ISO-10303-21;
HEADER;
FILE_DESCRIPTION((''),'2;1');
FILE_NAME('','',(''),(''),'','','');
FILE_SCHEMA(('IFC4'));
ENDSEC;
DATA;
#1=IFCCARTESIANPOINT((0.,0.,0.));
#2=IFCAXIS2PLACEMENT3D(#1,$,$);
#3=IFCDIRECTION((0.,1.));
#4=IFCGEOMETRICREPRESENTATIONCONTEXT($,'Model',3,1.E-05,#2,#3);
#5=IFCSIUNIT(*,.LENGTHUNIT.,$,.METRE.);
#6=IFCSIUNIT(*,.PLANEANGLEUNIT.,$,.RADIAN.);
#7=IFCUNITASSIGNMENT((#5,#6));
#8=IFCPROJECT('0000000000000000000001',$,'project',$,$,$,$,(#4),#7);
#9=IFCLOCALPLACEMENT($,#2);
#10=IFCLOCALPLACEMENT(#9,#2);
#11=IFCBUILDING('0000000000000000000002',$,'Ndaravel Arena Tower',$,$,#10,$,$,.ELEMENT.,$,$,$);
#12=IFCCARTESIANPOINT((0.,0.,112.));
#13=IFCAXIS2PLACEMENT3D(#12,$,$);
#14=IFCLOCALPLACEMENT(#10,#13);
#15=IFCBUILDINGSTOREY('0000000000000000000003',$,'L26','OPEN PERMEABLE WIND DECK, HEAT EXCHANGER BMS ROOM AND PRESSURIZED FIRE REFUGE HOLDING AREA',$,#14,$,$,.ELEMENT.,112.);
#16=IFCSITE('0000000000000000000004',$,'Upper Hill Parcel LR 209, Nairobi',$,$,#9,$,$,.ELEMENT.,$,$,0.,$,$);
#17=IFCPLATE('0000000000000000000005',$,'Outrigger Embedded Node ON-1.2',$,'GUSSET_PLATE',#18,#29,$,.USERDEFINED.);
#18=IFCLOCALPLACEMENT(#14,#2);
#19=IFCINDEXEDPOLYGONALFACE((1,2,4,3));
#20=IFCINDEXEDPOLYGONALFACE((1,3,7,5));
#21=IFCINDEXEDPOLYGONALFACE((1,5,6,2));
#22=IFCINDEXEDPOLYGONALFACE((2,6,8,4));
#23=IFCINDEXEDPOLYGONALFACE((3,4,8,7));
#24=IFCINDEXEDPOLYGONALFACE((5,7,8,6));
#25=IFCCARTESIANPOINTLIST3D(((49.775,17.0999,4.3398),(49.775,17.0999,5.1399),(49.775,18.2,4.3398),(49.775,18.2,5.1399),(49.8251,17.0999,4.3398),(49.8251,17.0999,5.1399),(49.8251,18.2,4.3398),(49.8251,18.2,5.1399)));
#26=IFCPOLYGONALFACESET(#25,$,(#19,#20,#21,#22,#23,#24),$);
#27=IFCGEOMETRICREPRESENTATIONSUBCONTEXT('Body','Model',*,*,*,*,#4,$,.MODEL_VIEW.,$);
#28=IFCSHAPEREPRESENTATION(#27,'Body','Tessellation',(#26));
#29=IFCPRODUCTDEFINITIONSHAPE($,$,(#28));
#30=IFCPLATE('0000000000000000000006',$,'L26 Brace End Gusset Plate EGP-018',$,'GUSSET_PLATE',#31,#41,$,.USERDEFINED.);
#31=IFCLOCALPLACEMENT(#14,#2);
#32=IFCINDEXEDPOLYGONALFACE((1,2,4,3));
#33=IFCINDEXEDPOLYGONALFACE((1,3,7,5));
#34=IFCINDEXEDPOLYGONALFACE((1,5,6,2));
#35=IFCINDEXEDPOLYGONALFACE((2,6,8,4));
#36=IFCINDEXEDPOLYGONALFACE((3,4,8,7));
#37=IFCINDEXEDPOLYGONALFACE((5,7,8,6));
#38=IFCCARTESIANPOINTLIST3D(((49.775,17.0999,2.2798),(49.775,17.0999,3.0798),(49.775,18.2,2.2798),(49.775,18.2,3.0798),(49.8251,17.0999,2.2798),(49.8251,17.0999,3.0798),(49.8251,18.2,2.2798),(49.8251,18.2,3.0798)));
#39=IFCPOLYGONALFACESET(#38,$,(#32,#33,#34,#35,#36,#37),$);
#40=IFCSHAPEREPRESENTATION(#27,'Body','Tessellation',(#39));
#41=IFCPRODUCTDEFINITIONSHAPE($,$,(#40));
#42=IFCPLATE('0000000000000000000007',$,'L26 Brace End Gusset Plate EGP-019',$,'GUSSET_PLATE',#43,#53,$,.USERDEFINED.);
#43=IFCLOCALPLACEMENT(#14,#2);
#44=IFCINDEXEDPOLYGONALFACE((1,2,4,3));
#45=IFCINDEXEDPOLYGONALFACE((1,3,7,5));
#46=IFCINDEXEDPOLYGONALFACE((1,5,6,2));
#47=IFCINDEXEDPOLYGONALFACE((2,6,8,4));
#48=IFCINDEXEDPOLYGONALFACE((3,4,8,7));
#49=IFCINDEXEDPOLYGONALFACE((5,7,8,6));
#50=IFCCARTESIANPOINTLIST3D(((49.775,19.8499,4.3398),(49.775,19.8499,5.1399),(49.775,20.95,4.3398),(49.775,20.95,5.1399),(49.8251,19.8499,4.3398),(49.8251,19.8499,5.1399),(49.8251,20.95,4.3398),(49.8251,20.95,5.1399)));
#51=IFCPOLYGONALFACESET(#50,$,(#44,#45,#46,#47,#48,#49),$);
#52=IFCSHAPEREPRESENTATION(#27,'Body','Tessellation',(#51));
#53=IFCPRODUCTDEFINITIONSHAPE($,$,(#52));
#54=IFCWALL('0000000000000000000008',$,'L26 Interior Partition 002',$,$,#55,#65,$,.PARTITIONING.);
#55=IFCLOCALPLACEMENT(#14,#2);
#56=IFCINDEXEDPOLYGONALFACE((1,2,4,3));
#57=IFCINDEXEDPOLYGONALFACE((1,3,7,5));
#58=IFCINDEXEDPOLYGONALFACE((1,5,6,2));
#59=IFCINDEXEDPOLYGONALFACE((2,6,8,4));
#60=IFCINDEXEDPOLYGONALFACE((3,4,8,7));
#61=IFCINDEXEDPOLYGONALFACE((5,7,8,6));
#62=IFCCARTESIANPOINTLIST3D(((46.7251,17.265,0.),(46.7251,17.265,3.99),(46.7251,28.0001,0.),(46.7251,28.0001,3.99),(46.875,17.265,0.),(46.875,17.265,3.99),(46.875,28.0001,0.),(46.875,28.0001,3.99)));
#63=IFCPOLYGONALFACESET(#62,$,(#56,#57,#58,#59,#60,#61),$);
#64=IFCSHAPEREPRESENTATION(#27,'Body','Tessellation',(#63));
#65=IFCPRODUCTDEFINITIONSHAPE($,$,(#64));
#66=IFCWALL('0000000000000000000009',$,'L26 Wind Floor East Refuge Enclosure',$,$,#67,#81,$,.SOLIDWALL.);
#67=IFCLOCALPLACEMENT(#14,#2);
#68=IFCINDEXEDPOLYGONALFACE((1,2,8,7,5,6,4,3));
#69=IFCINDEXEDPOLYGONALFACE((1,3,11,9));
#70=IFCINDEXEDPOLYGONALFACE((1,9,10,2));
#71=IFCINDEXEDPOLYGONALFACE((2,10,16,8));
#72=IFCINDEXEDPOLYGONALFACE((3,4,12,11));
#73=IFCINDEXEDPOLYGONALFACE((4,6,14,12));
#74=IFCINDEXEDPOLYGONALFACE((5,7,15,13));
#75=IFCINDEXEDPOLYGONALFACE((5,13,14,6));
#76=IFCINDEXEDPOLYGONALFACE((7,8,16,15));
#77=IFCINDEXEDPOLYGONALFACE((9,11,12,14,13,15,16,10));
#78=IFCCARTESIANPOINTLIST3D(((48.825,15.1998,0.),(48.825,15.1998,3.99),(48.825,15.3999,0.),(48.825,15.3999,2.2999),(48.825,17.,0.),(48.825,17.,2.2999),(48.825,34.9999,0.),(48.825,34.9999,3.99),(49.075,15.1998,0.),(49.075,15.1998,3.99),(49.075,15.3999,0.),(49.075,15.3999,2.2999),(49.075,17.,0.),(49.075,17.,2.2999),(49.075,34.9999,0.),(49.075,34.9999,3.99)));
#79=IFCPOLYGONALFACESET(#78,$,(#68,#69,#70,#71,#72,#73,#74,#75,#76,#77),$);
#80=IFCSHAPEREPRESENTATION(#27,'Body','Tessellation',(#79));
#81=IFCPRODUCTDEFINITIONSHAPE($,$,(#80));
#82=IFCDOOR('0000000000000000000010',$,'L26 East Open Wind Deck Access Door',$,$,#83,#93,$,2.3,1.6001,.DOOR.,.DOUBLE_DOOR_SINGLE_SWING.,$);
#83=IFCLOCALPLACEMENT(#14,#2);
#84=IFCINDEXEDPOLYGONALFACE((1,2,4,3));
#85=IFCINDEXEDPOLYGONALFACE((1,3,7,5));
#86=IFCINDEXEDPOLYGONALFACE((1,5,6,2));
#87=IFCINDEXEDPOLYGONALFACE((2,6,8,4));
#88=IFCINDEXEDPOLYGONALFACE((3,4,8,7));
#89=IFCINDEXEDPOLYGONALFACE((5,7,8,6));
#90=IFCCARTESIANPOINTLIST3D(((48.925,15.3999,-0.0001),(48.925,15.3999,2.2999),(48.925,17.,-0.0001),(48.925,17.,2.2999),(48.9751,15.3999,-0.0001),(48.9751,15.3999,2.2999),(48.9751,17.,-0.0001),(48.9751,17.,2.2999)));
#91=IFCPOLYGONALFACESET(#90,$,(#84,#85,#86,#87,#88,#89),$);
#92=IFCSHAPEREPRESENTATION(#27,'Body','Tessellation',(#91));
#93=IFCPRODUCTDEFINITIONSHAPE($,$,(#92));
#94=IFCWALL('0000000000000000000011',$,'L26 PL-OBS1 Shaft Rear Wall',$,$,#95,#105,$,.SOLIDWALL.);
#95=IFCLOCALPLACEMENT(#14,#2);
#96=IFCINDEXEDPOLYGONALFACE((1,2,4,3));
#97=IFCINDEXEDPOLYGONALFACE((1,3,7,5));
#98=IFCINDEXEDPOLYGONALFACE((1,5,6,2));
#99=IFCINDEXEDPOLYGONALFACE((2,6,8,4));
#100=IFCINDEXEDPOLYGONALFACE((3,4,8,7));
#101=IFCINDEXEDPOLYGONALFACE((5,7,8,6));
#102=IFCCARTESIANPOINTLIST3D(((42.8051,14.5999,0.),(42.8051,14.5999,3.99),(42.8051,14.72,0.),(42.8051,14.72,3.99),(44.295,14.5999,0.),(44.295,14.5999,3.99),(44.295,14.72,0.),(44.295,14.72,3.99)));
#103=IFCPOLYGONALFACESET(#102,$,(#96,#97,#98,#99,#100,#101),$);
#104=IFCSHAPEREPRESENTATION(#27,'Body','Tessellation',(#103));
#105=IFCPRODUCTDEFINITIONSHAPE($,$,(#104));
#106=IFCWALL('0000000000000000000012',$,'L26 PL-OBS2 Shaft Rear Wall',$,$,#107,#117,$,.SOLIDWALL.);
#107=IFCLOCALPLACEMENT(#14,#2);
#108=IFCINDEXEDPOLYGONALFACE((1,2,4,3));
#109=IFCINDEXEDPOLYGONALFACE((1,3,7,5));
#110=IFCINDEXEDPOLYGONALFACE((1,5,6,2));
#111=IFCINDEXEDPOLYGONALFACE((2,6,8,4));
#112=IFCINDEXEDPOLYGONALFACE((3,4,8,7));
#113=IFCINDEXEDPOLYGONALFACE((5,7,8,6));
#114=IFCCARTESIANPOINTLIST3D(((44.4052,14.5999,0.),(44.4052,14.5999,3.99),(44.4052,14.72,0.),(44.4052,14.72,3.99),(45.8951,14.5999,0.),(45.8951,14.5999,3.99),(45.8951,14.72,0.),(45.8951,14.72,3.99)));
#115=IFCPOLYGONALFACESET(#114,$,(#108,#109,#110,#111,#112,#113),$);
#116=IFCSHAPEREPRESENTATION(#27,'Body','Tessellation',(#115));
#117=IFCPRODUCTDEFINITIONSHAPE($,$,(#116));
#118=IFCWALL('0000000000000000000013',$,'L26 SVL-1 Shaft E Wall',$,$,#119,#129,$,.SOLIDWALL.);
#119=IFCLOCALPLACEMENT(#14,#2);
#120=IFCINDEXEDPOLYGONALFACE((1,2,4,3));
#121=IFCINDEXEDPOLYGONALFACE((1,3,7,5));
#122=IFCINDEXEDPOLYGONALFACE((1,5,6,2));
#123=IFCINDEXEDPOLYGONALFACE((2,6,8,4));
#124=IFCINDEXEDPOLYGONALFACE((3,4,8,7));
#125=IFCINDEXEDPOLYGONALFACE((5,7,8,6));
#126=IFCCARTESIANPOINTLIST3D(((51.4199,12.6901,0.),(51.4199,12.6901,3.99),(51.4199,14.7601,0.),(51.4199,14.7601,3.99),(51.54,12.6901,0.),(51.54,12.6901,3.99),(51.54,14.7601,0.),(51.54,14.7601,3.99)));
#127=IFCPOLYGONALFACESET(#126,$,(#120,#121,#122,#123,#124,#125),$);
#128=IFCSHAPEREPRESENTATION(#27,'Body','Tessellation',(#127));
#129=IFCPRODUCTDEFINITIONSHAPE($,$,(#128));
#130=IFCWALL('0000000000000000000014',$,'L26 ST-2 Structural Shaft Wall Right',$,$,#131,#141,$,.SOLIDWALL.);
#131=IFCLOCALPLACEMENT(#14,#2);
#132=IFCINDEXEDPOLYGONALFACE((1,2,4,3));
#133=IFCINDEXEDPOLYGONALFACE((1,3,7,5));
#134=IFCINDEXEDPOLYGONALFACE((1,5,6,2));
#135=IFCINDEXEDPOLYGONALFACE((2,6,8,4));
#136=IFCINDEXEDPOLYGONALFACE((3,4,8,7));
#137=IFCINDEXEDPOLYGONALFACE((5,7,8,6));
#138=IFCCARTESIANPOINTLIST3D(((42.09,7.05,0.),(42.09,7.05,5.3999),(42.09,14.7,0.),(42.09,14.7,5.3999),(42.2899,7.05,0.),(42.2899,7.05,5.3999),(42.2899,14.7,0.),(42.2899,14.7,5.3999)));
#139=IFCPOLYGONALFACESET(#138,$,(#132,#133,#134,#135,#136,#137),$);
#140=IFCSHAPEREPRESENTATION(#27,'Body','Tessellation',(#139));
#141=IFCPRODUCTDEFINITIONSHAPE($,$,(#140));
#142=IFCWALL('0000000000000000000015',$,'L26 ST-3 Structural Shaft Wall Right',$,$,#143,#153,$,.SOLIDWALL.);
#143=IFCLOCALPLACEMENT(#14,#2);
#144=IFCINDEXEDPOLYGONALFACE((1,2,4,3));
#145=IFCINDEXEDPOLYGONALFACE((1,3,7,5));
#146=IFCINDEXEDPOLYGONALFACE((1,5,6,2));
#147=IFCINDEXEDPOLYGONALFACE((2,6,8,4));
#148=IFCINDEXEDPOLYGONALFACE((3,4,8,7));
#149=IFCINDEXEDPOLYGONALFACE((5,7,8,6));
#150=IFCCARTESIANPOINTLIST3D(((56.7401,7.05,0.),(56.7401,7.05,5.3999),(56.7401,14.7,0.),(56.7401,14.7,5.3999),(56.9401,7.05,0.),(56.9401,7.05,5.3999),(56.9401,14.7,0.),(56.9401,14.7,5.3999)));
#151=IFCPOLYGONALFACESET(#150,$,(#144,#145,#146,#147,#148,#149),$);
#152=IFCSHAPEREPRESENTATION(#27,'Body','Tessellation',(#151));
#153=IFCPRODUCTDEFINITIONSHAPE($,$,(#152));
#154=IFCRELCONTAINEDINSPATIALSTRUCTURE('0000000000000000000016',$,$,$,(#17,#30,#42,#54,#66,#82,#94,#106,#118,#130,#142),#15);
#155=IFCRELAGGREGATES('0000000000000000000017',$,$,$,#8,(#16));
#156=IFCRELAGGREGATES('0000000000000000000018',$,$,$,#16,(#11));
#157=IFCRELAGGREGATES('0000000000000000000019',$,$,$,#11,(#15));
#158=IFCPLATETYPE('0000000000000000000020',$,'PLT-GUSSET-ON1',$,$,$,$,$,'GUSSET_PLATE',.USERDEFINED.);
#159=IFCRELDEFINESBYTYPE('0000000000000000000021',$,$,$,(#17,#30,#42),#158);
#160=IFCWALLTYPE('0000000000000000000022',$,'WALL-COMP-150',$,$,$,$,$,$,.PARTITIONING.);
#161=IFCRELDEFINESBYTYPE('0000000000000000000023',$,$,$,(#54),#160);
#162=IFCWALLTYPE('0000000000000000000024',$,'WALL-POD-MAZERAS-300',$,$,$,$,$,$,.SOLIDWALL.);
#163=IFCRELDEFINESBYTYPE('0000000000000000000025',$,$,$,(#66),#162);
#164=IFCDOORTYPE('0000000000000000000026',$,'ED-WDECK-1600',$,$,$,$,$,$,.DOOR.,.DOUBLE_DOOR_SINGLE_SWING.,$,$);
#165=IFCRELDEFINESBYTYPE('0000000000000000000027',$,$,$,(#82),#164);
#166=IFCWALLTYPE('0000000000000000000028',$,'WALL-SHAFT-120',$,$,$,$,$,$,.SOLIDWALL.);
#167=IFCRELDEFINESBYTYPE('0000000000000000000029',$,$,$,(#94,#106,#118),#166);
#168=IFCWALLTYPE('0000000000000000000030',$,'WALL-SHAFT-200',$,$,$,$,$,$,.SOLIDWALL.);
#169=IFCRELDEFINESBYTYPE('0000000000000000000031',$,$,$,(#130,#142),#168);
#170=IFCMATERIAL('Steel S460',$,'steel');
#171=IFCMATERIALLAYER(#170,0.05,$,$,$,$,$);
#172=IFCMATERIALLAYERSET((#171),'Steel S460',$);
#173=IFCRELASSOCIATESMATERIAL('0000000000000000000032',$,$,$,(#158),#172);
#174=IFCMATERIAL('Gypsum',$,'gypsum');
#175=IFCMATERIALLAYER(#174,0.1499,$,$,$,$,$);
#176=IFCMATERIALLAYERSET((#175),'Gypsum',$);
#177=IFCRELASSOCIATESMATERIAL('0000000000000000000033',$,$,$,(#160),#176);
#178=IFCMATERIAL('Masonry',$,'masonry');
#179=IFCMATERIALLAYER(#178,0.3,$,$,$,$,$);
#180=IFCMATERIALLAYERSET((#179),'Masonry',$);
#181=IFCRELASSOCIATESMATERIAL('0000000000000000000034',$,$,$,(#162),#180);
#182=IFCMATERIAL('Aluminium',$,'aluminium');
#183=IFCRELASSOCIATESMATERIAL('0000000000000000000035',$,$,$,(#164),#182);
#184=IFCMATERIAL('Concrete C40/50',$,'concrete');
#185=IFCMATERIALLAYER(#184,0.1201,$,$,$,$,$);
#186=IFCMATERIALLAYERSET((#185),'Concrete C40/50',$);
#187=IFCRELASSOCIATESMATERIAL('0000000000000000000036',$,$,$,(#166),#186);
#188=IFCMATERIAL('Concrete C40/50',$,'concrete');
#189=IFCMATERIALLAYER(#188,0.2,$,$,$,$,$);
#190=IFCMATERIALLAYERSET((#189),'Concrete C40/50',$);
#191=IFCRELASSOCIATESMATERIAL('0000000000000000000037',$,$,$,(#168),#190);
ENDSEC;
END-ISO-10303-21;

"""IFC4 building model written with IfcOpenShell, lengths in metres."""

from ifc_helpers import new_model, si_unit, direction, frame, frame_2d, origin, origin_2d, place, context, subcontext, project, spatial, rectangle, extrude, material, layer, layer_set, type_object, element, fill, save


model = new_model("IFC4")

# Units and contexts
model_context = context("Model", 3, precision=1e-05, world=origin(), true_north=direction((0.0, 1.0)))
body_context = subcontext(model_context, "Body", "Model", "MODEL_VIEW")
ifc_project = project(units=[si_unit("LENGTHUNIT", "METRE"), si_unit("PLANEANGLEUNIT", "RADIAN")], contexts=[model_context])

# Site, building, storey
site_placement = place(None, origin())
site = spatial("IfcSite", under=ifc_project, at=site_placement, Name="Upper Hill Parcel LR 209, Nairobi", CompositionType="ELEMENT", RefElevation=0.0)
building_placement = place(site_placement, origin())
building = spatial("IfcBuilding", under=site, at=building_placement, Name="Ndaravel Arena Tower", CompositionType="ELEMENT")
storey_placement = place(building_placement, frame((0.0, 0.0, 112.0)))
storey = spatial("IfcBuildingStorey", under=building, at=storey_placement, Name="L26", Description="OPEN PERMEABLE WIND DECK, HEAT EXCHANGER BMS ROOM AND PRESSURIZED FIRE REFUGE HOLDING AREA", CompositionType="ELEMENT", Elevation=112.0)

# Plates
ifc_material_1 = material(Name="Steel S460", Category="steel")
ifc_layer_1 = layer(ifc_material_1, 0.05)
ifc_layer_set_1 = layer_set([ifc_layer_1], Name="Steel S460")
plate_type_1 = type_object("IfcPlateType", Name="PLT-GUSSET-ON1", ElementType="GUSSET_PLATE", PredefinedType="USERDEFINED", material=ifc_layer_set_1)
for number, where, z_axis, x_axis, name in (
    (1, (49.8, 17.6499, 4.3398), (0.0, 0.0, 1.0), (1.0, 0.0, 0.0), "Outrigger Embedded Node ON-1.2"),
    (2, (49.8, 17.6499, 2.2798), (0.0, 0.0, 1.0), (1.0, 0.0, 0.0), "L26 Brace End Gusset Plate EGP-018"),
    (3, (49.8, 20.3999, 4.3398), (0.0, 0.0, 1.0), (1.0, 0.0, 0.0), "L26 Brace End Gusset Plate EGP-019"),
):
    element("IfcPlate", number, at=place(storey_placement, frame(where, z_axis=z_axis, x_axis=x_axis)), inside=storey, type_object=plate_type_1, Name=name, ObjectType="GUSSET_PLATE", PredefinedType="USERDEFINED", context=body_context, shape_type="SweptSolid", body=[
        extrude(rectangle(XDim=0.05, YDim=1.1001, at=origin_2d()), origin(), (0.0, 0.0, 1.0), 0.8),
    ])

# Wall
ifc_material_2 = material(Name="Gypsum", Category="gypsum")
ifc_layer_2 = layer(ifc_material_2, 0.1499)
ifc_layer_set_2 = layer_set([ifc_layer_2], Name="Gypsum")
wall_type_1 = type_object("IfcWallType", Name="WALL-COMP-150", PredefinedType="PARTITIONING", material=ifc_layer_set_2)
wall_1_placement = place(storey_placement, frame((46.8, 17.2649, 0.0), z_axis=(0.0, 0.0, 1.0), x_axis=(0.0, 1.0, 0.0)))
element("IfcWall", 4, at=wall_1_placement, inside=storey, type_object=wall_type_1, Name="L26 Interior Partition 002", PredefinedType="PARTITIONING", context=body_context, shape_type="SweptSolid", body=[
    extrude(rectangle(XDim=10.7351, YDim=0.1499, at=frame_2d((5.3677, 0.0))), origin(), (0.0, 0.0, 1.0), 3.99),
])

# Wall, opening, door
ifc_material_3 = material(Name="Masonry", Category="masonry")
ifc_layer_3 = layer(ifc_material_3, 0.3)
ifc_layer_set_3 = layer_set([ifc_layer_3], Name="Masonry")
wall_type_2 = type_object("IfcWallType", Name="WALL-POD-MAZERAS-300", PredefinedType="SOLIDWALL", material=ifc_layer_set_3)
wall_2_placement = place(storey_placement, frame((48.95, 15.2, 0.0), z_axis=(0.0, 0.0, 1.0), x_axis=(0.0, 1.0, 0.0)))
wall_2 = element("IfcWall", 5, at=wall_2_placement, inside=storey, type_object=wall_type_2, Name="L26 Wind Floor East Refuge Enclosure", PredefinedType="SOLIDWALL", context=body_context, shape_type="SweptSolid", body=[
    extrude(rectangle(XDim=19.8, YDim=0.25, at=frame_2d((9.8999, 0.0))), origin(), (0.0, 0.0, 1.0), 3.99),
])
opening_placement = place(wall_2_placement, frame((0.2, 0.0, 0.0)))
opening = element("IfcOpeningElement", 6, at=opening_placement, cuts=wall_2, PredefinedType="OPENING", context=body_context, shape_type="SweptSolid", body=[
    extrude(rectangle(XDim=1.6001, YDim=2.3, at=frame_2d((0.8, 1.1499))), frame((0.0, 0.125, 0.0), z_axis=(0.0, -1.0, 0.0), x_axis=(1.0, 0.0, 0.0)), (0.0, 0.0, 1.0), 0.25),
])
ifc_material_4 = material(Name="Aluminium", Category="aluminium")
door_type = type_object("IfcDoorType", Name="ED-WDECK-1600", OperationType="DOUBLE_DOOR_SINGLE_SWING", PredefinedType="DOOR", material=ifc_material_4)
door_placement = place(opening_placement, origin())
door = element("IfcDoor", 7, at=door_placement, inside=storey, type_object=door_type, Name="L26 East Open Wind Deck Access Door", OperationType="DOUBLE_DOOR_SINGLE_SWING", OverallHeight=2.3, OverallWidth=1.6001, PredefinedType="DOOR", context=body_context, shape_type="SweptSolid", body=[
    extrude(rectangle(XDim=1.6001, YDim=2.3, at=frame_2d((0.8, 1.1499))), frame((0.0, 0.0249, 0.0), z_axis=(0.0, -1.0, 0.0), x_axis=(1.0, 0.0, 0.0)), (0.0, 0.0, 1.0), 0.05),
])
fill(opening, door)

# Walls
ifc_material_5 = material(Name="Concrete C40/50", Category="concrete")
ifc_layer_4 = layer(ifc_material_5, 0.1201)
ifc_layer_set_4 = layer_set([ifc_layer_4], Name="Concrete C40/50")
wall_type_3 = type_object("IfcWallType", Name="WALL-SHAFT-120", PredefinedType="SOLIDWALL", material=ifc_layer_set_4)
for number, where, z_axis, x_axis, name in (
    (8, (42.8049, 14.6599, 0.0), (0.0, 0.0, 1.0), (1.0, 0.0, 0.0), "L26 PL-OBS1 Shaft Rear Wall"),
    (9, (44.405, 14.6599, 0.0), (0.0, 0.0, 1.0), (1.0, 0.0, 0.0), "L26 PL-OBS2 Shaft Rear Wall"),
):
    element("IfcWall", number, at=place(storey_placement, frame(where, z_axis=z_axis, x_axis=x_axis)), inside=storey, type_object=wall_type_3, Name=name, PredefinedType="SOLIDWALL", context=body_context, shape_type="SweptSolid", body=[
        extrude(rectangle(XDim=1.49, YDim=0.1201, at=frame_2d((0.7451, 0.0))), origin(), (0.0, 0.0, 1.0), 3.99),
    ])
wall_3_placement = place(storey_placement, frame((51.48, 12.6899, 0.0), z_axis=(0.0, 0.0, 1.0), x_axis=(0.0, 1.0, 0.0)))
element("IfcWall", 10, at=wall_3_placement, inside=storey, type_object=wall_type_3, Name="L26 SVL-1 Shaft E Wall", PredefinedType="SOLIDWALL", context=body_context, shape_type="SweptSolid", body=[
    extrude(rectangle(XDim=2.0701, YDim=0.1201, at=frame_2d((1.0352, 0.0))), origin(), (0.0, 0.0, 1.0), 3.99),
])
ifc_material_6 = material(Name="Concrete C40/50", Category="concrete")
ifc_layer_5 = layer(ifc_material_6, 0.2)
ifc_layer_set_5 = layer_set([ifc_layer_5], Name="Concrete C40/50")
wall_type_4 = type_object("IfcWallType", Name="WALL-SHAFT-200", PredefinedType="SOLIDWALL", material=ifc_layer_set_5)
for number, where, z_axis, x_axis, name in (
    (11, (42.1899, 14.7, 0.0), (0.0, 0.0, 1.0), (0.0, -1.0, 0.0), "L26 ST-2 Structural Shaft Wall Right"),
    (12, (56.8401, 14.7, 0.0), (0.0, 0.0, 1.0), (0.0, -1.0, 0.0), "L26 ST-3 Structural Shaft Wall Right"),
):
    element("IfcWall", number, at=place(storey_placement, frame(where, z_axis=z_axis, x_axis=x_axis)), inside=storey, type_object=wall_type_4, Name=name, PredefinedType="SOLIDWALL", context=body_context, shape_type="SweptSolid", body=[
        extrude(rectangle(XDim=7.6499, YDim=0.2, at=frame_2d((3.825, 0.0))), origin(), (0.0, 0.0, 1.0), 5.3999),
    ])

save(model, "model.ifc")
